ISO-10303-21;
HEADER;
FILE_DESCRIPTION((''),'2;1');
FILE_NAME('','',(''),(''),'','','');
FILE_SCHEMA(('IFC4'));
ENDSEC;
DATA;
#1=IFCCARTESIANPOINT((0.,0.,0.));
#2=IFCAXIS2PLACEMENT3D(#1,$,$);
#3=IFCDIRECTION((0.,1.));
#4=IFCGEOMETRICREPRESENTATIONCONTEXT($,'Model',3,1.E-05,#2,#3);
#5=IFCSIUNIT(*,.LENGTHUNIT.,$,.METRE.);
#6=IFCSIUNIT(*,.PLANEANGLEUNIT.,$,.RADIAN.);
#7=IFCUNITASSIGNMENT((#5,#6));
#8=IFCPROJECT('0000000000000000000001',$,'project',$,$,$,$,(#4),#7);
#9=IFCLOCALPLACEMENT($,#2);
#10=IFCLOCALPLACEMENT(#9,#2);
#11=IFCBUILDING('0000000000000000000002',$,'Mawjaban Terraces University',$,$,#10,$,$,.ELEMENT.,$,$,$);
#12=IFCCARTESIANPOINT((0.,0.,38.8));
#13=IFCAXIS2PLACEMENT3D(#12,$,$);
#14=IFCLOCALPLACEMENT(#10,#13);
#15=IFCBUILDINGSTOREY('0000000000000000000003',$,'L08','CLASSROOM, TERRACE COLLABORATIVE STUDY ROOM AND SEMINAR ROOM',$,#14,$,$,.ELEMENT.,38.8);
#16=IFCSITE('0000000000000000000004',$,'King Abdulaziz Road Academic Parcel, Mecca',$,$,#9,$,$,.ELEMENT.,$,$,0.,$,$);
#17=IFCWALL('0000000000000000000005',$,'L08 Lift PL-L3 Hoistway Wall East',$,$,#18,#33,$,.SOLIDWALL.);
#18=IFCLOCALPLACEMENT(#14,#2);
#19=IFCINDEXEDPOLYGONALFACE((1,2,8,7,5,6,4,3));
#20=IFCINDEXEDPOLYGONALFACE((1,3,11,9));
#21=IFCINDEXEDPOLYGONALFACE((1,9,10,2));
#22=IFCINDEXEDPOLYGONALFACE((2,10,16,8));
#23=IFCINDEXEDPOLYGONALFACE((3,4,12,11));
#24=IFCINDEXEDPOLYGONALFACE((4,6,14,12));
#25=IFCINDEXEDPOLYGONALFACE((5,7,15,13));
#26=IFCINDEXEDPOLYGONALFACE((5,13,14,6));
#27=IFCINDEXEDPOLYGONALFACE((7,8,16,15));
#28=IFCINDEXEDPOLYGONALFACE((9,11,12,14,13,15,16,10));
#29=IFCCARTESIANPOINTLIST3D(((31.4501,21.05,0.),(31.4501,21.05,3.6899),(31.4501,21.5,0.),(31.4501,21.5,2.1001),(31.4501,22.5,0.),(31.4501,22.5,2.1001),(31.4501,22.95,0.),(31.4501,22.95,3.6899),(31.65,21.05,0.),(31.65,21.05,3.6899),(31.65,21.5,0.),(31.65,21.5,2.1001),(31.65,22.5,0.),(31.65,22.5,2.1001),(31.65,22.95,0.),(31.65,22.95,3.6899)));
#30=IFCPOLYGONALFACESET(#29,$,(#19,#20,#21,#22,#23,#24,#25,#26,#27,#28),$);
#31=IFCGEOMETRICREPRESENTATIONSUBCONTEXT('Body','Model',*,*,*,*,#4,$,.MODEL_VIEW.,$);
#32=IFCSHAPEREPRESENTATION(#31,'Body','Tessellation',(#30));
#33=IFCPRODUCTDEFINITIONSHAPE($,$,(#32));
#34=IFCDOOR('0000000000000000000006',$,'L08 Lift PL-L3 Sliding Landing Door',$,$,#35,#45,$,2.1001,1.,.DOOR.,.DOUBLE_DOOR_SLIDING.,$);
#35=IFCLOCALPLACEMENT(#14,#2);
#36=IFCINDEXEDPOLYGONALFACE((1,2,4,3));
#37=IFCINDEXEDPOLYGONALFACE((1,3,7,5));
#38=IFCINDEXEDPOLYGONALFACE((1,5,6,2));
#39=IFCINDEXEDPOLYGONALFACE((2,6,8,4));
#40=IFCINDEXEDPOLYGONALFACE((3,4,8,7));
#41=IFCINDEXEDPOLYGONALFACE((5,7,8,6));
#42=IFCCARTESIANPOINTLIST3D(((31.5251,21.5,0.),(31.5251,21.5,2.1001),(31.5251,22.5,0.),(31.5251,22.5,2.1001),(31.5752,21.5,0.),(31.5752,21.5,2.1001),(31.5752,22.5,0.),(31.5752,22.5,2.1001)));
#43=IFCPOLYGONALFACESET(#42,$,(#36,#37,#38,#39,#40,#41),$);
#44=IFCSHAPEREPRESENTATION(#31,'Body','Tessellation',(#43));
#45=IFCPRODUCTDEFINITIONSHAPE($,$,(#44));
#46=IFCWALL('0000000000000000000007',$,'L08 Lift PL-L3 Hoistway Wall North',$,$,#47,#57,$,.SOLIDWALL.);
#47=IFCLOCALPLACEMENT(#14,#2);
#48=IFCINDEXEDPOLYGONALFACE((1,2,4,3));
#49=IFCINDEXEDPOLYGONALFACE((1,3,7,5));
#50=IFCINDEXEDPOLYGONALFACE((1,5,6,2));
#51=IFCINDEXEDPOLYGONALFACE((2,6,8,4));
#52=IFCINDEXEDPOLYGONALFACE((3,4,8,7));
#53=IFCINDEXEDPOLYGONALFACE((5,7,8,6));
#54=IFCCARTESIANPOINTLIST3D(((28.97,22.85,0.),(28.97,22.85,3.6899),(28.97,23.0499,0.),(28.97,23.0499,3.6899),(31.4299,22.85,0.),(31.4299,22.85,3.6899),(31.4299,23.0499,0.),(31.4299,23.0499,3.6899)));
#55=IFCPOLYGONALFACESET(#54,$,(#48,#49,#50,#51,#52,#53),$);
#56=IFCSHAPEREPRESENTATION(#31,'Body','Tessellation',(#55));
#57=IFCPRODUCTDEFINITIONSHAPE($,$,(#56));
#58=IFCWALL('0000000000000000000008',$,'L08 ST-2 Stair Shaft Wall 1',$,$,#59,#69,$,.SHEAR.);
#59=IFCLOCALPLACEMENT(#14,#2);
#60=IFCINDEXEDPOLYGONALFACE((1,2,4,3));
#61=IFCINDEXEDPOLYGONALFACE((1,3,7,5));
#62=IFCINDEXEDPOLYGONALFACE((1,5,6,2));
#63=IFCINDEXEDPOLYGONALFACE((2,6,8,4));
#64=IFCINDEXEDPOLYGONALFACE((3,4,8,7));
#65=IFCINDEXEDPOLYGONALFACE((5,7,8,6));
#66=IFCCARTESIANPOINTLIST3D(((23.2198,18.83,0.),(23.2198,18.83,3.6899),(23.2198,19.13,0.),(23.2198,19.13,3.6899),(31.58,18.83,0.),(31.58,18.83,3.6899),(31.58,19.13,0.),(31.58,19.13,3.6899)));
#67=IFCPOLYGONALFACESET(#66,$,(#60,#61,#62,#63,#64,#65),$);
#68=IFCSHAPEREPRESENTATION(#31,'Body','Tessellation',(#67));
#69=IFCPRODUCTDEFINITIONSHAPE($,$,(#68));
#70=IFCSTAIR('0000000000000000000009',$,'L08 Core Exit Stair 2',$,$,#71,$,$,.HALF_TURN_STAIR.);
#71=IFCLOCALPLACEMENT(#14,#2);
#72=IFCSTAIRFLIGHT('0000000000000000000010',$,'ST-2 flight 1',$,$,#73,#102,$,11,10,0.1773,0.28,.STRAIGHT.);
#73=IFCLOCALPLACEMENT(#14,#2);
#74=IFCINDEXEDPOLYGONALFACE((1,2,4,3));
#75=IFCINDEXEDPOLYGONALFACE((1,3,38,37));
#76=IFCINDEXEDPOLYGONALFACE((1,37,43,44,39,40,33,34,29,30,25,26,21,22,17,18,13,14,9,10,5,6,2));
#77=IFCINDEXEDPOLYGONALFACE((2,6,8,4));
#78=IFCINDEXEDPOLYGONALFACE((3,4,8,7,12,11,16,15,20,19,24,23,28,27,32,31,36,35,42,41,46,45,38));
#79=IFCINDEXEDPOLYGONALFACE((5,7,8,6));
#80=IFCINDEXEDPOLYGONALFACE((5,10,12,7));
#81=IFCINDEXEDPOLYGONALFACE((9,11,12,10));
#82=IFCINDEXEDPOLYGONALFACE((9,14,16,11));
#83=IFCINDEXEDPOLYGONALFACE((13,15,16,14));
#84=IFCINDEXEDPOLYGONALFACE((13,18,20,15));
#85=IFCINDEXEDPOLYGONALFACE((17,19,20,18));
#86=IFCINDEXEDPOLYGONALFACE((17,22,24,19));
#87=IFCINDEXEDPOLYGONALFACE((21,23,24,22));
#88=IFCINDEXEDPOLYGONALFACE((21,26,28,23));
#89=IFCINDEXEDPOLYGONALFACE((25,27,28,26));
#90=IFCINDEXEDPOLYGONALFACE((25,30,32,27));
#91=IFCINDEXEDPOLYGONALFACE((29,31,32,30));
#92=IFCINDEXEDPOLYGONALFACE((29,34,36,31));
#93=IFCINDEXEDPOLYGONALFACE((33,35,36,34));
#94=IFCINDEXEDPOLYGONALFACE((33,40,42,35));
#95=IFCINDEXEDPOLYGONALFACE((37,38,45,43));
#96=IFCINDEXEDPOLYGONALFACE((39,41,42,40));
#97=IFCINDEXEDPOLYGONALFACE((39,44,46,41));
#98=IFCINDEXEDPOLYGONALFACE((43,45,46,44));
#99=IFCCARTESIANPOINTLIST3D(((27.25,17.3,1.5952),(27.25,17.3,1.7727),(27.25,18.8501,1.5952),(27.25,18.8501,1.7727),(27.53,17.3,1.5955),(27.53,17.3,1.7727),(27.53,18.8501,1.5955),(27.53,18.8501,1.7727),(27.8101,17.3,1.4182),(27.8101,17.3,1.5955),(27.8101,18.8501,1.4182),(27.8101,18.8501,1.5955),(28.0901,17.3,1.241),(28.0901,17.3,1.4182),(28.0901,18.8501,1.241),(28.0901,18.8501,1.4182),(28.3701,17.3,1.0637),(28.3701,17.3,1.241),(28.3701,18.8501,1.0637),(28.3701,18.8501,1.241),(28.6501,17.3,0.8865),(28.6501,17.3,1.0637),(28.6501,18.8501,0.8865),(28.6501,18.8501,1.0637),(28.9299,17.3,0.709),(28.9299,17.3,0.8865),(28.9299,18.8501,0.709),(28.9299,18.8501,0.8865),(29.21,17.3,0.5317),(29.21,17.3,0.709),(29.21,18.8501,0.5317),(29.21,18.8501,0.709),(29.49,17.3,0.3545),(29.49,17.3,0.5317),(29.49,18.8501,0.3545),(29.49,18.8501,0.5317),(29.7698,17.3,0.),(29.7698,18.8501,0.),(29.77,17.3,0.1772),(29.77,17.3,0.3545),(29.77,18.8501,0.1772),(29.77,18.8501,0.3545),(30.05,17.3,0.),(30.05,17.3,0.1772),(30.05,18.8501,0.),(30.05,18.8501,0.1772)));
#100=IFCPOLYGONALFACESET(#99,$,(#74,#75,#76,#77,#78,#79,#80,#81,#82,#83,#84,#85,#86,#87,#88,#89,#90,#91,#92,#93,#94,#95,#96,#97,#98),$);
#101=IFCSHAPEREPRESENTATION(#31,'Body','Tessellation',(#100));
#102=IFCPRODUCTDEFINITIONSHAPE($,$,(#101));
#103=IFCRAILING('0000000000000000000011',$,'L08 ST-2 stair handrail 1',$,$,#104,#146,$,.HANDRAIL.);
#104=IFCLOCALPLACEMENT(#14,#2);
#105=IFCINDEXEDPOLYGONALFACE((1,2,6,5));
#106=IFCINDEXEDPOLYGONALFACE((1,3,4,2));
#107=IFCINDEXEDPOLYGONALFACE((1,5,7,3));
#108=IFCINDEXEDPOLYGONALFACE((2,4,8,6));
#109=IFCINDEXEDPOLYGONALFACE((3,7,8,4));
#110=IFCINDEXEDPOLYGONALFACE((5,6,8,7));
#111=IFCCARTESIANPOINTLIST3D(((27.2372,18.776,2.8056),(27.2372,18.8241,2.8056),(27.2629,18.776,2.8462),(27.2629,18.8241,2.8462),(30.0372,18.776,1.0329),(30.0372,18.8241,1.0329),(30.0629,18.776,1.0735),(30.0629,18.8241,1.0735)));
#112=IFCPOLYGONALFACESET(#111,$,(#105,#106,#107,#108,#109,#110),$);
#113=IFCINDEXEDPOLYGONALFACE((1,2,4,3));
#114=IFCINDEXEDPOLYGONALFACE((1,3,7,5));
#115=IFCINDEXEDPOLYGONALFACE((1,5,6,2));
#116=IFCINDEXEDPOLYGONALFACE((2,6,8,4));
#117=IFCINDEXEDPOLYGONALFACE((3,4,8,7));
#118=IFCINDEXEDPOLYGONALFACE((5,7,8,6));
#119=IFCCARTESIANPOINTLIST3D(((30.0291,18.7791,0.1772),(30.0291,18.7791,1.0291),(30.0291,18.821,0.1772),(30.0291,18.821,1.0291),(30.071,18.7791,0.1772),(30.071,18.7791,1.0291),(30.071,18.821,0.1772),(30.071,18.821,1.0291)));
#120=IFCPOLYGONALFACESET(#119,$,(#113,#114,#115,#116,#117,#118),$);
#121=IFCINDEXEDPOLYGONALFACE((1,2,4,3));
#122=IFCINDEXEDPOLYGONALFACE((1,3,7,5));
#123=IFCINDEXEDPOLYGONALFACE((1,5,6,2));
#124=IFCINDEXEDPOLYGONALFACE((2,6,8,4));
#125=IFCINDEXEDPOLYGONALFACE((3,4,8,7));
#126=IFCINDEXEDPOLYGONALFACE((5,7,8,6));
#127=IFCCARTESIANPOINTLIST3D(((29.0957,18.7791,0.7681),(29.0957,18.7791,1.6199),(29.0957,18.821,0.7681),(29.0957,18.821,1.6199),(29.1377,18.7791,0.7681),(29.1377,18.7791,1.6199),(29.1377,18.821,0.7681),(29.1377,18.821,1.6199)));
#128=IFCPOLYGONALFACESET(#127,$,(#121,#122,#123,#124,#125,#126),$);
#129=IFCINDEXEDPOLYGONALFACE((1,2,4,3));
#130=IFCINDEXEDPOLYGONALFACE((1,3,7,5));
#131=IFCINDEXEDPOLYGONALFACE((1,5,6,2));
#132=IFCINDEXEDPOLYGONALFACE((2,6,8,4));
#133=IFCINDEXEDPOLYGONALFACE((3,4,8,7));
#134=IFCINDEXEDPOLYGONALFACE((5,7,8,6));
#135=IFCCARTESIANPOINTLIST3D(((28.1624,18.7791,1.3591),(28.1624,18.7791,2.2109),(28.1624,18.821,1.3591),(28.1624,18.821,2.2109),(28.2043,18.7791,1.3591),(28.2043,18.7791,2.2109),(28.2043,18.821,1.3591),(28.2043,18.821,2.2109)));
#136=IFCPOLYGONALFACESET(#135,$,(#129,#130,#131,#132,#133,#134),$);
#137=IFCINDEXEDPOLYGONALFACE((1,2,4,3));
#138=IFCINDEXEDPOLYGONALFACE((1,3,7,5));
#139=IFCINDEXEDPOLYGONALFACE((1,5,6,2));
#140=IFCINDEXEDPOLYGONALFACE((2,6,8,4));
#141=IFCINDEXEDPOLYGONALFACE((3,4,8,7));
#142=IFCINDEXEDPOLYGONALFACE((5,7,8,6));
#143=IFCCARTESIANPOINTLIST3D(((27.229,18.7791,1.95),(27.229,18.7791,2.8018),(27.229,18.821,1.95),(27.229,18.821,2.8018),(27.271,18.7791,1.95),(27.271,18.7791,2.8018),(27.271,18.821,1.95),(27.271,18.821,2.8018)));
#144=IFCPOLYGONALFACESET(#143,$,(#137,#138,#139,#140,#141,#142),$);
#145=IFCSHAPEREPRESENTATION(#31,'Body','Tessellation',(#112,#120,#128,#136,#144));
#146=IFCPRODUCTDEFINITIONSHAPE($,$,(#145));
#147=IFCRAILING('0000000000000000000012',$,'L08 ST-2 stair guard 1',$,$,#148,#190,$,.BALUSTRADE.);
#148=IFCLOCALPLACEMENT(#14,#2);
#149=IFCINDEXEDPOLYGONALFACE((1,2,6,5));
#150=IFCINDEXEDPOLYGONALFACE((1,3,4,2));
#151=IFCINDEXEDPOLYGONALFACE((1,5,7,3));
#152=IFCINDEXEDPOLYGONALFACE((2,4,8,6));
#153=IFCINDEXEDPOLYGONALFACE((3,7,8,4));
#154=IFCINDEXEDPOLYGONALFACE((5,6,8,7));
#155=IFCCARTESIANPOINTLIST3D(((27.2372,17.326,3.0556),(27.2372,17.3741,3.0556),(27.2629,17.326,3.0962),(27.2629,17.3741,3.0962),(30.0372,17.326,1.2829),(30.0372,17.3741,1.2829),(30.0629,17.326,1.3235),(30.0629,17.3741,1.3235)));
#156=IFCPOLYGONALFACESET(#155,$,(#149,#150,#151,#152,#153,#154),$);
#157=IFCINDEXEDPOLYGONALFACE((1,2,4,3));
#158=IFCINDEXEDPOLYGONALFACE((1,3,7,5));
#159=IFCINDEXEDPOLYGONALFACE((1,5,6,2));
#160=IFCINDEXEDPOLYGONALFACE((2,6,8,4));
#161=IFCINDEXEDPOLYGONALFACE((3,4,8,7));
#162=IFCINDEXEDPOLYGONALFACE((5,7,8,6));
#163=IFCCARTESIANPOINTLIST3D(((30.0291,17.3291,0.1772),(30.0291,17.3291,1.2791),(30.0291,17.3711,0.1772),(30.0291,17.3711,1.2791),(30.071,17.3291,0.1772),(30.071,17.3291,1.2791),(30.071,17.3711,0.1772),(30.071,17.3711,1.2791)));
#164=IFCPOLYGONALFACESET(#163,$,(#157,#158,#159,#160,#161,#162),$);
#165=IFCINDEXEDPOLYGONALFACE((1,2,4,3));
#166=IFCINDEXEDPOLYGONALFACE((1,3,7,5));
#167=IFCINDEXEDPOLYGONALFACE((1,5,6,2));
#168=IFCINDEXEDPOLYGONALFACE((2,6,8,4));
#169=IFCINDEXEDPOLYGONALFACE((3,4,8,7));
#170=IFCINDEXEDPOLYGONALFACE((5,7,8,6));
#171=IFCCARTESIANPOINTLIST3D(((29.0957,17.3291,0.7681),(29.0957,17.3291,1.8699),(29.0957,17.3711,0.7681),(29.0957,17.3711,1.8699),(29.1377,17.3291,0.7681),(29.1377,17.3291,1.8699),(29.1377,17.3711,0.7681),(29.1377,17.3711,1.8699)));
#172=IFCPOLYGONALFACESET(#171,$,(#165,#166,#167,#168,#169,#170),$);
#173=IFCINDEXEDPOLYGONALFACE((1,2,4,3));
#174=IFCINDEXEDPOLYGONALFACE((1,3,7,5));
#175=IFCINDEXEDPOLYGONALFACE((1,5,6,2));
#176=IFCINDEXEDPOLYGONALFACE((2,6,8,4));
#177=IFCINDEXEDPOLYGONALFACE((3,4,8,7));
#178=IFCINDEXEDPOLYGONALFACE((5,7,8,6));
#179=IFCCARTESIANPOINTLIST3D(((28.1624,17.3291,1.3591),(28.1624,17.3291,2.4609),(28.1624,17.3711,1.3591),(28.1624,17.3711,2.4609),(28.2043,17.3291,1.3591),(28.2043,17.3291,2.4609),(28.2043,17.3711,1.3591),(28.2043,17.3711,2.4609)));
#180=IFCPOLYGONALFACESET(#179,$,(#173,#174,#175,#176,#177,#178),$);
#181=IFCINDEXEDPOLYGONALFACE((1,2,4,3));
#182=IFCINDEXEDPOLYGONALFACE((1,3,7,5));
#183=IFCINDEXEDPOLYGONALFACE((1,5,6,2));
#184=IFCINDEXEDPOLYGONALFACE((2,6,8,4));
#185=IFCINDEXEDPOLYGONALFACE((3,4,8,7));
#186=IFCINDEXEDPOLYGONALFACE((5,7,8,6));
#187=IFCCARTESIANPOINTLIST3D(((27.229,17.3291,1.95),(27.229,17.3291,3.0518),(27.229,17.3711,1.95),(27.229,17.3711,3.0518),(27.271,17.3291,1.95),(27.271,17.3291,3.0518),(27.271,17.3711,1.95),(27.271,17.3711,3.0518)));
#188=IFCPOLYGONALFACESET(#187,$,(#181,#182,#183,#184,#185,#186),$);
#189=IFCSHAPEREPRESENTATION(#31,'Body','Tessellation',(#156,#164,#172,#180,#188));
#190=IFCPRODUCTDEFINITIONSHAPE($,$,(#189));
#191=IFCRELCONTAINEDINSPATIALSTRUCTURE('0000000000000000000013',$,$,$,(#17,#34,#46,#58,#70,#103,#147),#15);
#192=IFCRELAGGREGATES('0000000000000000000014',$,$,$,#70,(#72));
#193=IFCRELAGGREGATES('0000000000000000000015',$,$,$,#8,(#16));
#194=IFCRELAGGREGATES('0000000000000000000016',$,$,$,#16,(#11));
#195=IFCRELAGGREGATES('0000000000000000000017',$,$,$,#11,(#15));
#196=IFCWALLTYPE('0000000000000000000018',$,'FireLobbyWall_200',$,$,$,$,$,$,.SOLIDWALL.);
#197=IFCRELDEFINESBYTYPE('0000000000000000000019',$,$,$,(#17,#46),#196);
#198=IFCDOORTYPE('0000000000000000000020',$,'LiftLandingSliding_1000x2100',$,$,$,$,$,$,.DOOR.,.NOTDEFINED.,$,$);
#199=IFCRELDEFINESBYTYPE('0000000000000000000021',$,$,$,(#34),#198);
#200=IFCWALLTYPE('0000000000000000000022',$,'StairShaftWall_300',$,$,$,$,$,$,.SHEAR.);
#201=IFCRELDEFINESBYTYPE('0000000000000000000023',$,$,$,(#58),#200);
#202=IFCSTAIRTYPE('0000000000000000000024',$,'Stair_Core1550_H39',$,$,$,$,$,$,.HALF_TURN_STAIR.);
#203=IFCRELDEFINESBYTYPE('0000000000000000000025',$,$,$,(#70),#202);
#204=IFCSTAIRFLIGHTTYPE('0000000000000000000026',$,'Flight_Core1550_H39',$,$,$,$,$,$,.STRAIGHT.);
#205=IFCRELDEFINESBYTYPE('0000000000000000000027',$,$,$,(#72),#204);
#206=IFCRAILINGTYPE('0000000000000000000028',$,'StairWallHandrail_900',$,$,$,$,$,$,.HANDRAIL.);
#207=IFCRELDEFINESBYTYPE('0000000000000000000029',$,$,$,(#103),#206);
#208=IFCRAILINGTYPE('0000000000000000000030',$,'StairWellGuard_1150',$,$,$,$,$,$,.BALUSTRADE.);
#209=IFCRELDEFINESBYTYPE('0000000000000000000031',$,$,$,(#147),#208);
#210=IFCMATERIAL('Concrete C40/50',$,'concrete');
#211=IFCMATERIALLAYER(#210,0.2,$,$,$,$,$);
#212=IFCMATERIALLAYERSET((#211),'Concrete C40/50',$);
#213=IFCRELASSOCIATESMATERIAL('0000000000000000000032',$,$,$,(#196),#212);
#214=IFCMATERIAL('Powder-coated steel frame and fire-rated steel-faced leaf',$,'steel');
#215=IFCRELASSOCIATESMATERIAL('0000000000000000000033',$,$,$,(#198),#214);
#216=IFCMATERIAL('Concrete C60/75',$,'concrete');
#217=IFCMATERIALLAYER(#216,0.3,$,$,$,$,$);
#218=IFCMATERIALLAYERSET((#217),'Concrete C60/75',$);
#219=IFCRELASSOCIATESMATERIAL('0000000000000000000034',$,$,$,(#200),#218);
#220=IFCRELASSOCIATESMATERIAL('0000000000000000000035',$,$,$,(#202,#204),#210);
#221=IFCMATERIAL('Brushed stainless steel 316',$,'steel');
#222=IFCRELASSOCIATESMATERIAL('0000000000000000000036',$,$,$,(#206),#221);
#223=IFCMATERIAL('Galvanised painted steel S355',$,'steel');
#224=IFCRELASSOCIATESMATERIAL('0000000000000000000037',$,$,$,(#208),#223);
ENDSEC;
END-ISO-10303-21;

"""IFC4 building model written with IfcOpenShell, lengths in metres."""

from ifc_helpers import new_model, si_unit, direction, frame, frame_2d, origin, origin_2d, place, context, subcontext, project, spatial, polyline, rectangle, outline, extrude, material, layer, layer_set, type_object, element, fill, aggregate, save


model = new_model("IFC4")

# Units and contexts
model_context = context("Model", 3, precision=1e-05, world=origin(), true_north=direction((0.0, 1.0)))
body_context = subcontext(model_context, "Body", "Model", "MODEL_VIEW")
ifc_project = project(units=[si_unit("LENGTHUNIT", "METRE"), si_unit("PLANEANGLEUNIT", "RADIAN")], contexts=[model_context])

# Site, building, storey
site_placement = place(None, origin())
site = spatial("IfcSite", under=ifc_project, at=site_placement, Name="King Abdulaziz Road Academic Parcel, Mecca", CompositionType="ELEMENT", RefElevation=0.0)
building_placement = place(site_placement, origin())
building = spatial("IfcBuilding", under=site, at=building_placement, Name="Mawjaban Terraces University", CompositionType="ELEMENT")
storey_placement = place(building_placement, frame((0.0, 0.0, 38.8)))
storey = spatial("IfcBuildingStorey", under=building, at=storey_placement, Name="L08", Description="CLASSROOM, TERRACE COLLABORATIVE STUDY ROOM AND SEMINAR ROOM", CompositionType="ELEMENT", Elevation=38.8)

# Shared definitions
ifc_material_1 = material(Name="Concrete C40/50", Category="concrete")
ifc_layer_1 = layer(ifc_material_1, 0.2)
ifc_layer_set_1 = layer_set([ifc_layer_1], Name="Concrete C40/50")
wall_type_1 = type_object("IfcWallType", Name="FireLobbyWall_200", PredefinedType="SOLIDWALL", material=ifc_layer_set_1)

# Wall, opening, door
ifc_material_2 = material(Name="Powder-coated steel frame and fire-rated steel-faced leaf", Category="steel")
door_type_1 = type_object("IfcDoorType", Name="LiftLandingSliding_1000x2100", OperationType="NOTDEFINED", PredefinedType="DOOR", material=ifc_material_2)
wall_1_placement = place(storey_placement, frame((31.55, 21.05, 0.0), z_axis=(0.0, 0.0, 1.0), x_axis=(0.0, 1.0, 0.0)))
wall_1 = element("IfcWall", 1, at=wall_1_placement, inside=storey, type_object=wall_type_1, Name="L08 Lift PL-L3 Hoistway Wall East", PredefinedType="SOLIDWALL", context=body_context, shape_type="SweptSolid", body=[
    extrude(rectangle(XDim=1.8999, YDim=0.2, at=frame_2d((0.95, 0.0))), origin(), (0.0, 0.0, 1.0), 3.6899),
])
opening_1_placement = place(wall_1_placement, frame((0.45, 0.0, 0.0)))
opening_1 = element("IfcOpeningElement", 2, at=opening_1_placement, cuts=wall_1, PredefinedType="OPENING", context=body_context, shape_type="SweptSolid", body=[
    extrude(rectangle(XDim=1.0, YDim=2.1001, at=frame_2d((0.5, 1.05))), frame((0.0, 0.1099, 0.0), z_axis=(0.0, -1.0, 0.0), x_axis=(1.0, 0.0, 0.0)), (0.0, 0.0, 1.0), 0.22),
])
door_1_placement = place(opening_1_placement, origin())
door_1 = element("IfcDoor", 3, at=door_1_placement, inside=storey, type_object=door_type_1, Name="L08 Lift PL-L3 Sliding Landing Door", OperationType="DOUBLE_DOOR_SLIDING", OverallHeight=2.1001, OverallWidth=1.0, PredefinedType="DOOR", context=body_context, shape_type="SweptSolid", body=[
    extrude(rectangle(XDim=1.0, YDim=2.1001, at=frame_2d((0.5, 1.05))), frame((0.0, 0.0249, 0.0), z_axis=(0.0, -1.0, 0.0), x_axis=(1.0, 0.0, 0.0)), (0.0, 0.0, 1.0), 0.05),
])
fill(opening_1, door_1)

# Walls
wall_2_placement = place(storey_placement, frame((31.4299, 22.95, 0.0), z_axis=(0.0, 0.0, 1.0), x_axis=(-1.0, 0.0, 0.0)))
element("IfcWall", 4, at=wall_2_placement, inside=storey, type_object=wall_type_1, Name="L08 Lift PL-L3 Hoistway Wall North", PredefinedType="SOLIDWALL", context=body_context, shape_type="SweptSolid", body=[
    extrude(rectangle(XDim=2.46, YDim=0.2, at=frame_2d((1.23, 0.0))), origin(), (0.0, 0.0, 1.0), 3.6899),
])
ifc_material_3 = material(Name="Concrete C60/75", Category="concrete")
ifc_layer_2 = layer(ifc_material_3, 0.3)
ifc_layer_set_2 = layer_set([ifc_layer_2], Name="Concrete C60/75")
wall_type_2 = type_object("IfcWallType", Name="StairShaftWall_300", PredefinedType="SHEAR", material=ifc_layer_set_2)
wall_3_placement = place(storey_placement, frame((31.5801, 18.98, 0.0), z_axis=(0.0, 0.0, 1.0), x_axis=(-1.0, 0.0, 0.0)))
element("IfcWall", 5, at=wall_3_placement, inside=storey, type_object=wall_type_2, Name="L08 ST-2 Stair Shaft Wall 1", PredefinedType="SHEAR", context=body_context, shape_type="SweptSolid", body=[
    extrude(rectangle(XDim=8.3601, YDim=0.3, at=frame_2d((4.1802, 0.0))), origin(), (0.0, 0.0, 1.0), 3.6899),
])

# Stair, stair flight
stair_type = type_object("IfcStairType", Name="Stair_Core1550_H39", PredefinedType="HALF_TURN_STAIR", material=ifc_material_1)
stair_placement = place(storey_placement, origin())
stair = element("IfcStair", 6, at=stair_placement, inside=storey, type_object=stair_type, Name="L08 Core Exit Stair 2", PredefinedType="HALF_TURN_STAIR")
stair_flight_type = type_object("IfcStairFlightType", Name="Flight_Core1550_H39", PredefinedType="STRAIGHT", material=ifc_material_1)
stair_flight_placement = place(storey_placement, frame((30.05, 18.075, 0.0), z_axis=(0.0, 0.0, 1.0), x_axis=(-1.0, 0.0, 0.0)))
stair_flight = element("IfcStairFlight", 7, at=stair_flight_placement, type_object=stair_flight_type, Name="ST-2 flight 1", NumberOfRisers=11, NumberOfTreads=10, PredefinedType="STRAIGHT", RiserHeight=0.1773, TreadLength=0.28, context=body_context, shape_type="SweptSolid", body=[
    extrude(outline(polyline([(0.0, 0.0), (0.0, 0.1772), (0.28, 0.1772), (0.28, 0.3545), (0.5601, 0.3545), (0.5601, 0.5317), (0.8401, 0.5317), (0.8401, 0.709), (1.1201, 0.709), (1.1201, 0.8865), (1.3999, 0.8865), (1.3999, 1.0637), (1.6799, 1.0637), (1.6799, 1.241), (1.96, 1.241), (1.96, 1.4182), (2.24, 1.4182), (2.24, 1.5955), (2.52, 1.5955), (2.52, 1.7727), (2.8, 1.7727), (2.8, 1.95), (2.8, 1.5952), (0.2803, 0.0), (0.0, 0.0)])), frame((0.0, 0.7749, 0.0), z_axis=(0.0, -1.0, 0.0), x_axis=(1.0, 0.0, 0.0)), (0.0, 0.0, 1.0), 1.55),
])
aggregate(stair, [stair_flight])

# Railings
ifc_material_4 = material(Name="Brushed stainless steel 316", Category="steel")
railing_type_1 = type_object("IfcRailingType", Name="StairWallHandrail_900", PredefinedType="HANDRAIL", material=ifc_material_4)
railing_1_placement = place(storey_placement, frame((30.05, 18.8, 0.1772)))
element("IfcRailing", 8, at=railing_1_placement, inside=storey, type_object=railing_type_1, Name="L08 ST-2 stair handrail 1", PredefinedType="HANDRAIL", context=body_context, shape_type="SweptSolid", body=[
    extrude(rectangle(XDim=0.0481, YDim=0.0481, at=origin_2d()), frame((0.0, 0.0, 0.876), z_axis=(-0.844909, 0.0, 0.53491), x_axis=(0.0, -1.0, 0.0)), (0.0, 0.0, 1.0), 3.314),
    extrude(rectangle(XDim=0.042, YDim=0.042, at=origin_2d()), origin(), (0.0, 0.0, 1.0), 0.8518),
    extrude(rectangle(XDim=0.042, YDim=0.042, at=origin_2d()), frame((-0.9333, 0.0, 0.5908)), (0.0, 0.0, 1.0), 0.8518),
    extrude(rectangle(XDim=0.042, YDim=0.042, at=origin_2d()), frame((-1.8667, 0.0, 1.1819)), (0.0, 0.0, 1.0), 0.8518),
    extrude(rectangle(XDim=0.042, YDim=0.042, at=origin_2d()), frame((-2.8, 0.0, 1.7727)), (0.0, 0.0, 1.0), 0.8518),
])
ifc_material_5 = material(Name="Galvanised painted steel S355", Category="steel")
railing_type_2 = type_object("IfcRailingType", Name="StairWellGuard_1150", PredefinedType="BALUSTRADE", material=ifc_material_5)
railing_2_placement = place(storey_placement, frame((30.05, 17.3501, 0.1772)))
element("IfcRailing", 9, at=railing_2_placement, inside=storey, type_object=railing_type_2, Name="L08 ST-2 stair guard 1", PredefinedType="BALUSTRADE", context=body_context, shape_type="SweptSolid", body=[
    extrude(rectangle(XDim=0.0481, YDim=0.0481, at=origin_2d()), frame((0.0, 0.0, 1.126), z_axis=(-0.844909, 0.0, 0.53491), x_axis=(0.0, -1.0, 0.0)), (0.0, 0.0, 1.0), 3.314),
    extrude(rectangle(XDim=0.042, YDim=0.042, at=origin_2d()), origin(), (0.0, 0.0, 1.0), 1.1018),
    extrude(rectangle(XDim=0.042, YDim=0.042, at=origin_2d()), frame((-0.9333, 0.0, 0.5908)), (0.0, 0.0, 1.0), 1.1018),
    extrude(rectangle(XDim=0.042, YDim=0.042, at=origin_2d()), frame((-1.8667, 0.0, 1.1819)), (0.0, 0.0, 1.0), 1.1018),
    extrude(rectangle(XDim=0.042, YDim=0.042, at=origin_2d()), frame((-2.8, 0.0, 1.7727)), (0.0, 0.0, 1.0), 1.1018),
])

save(model, "model.ifc")
